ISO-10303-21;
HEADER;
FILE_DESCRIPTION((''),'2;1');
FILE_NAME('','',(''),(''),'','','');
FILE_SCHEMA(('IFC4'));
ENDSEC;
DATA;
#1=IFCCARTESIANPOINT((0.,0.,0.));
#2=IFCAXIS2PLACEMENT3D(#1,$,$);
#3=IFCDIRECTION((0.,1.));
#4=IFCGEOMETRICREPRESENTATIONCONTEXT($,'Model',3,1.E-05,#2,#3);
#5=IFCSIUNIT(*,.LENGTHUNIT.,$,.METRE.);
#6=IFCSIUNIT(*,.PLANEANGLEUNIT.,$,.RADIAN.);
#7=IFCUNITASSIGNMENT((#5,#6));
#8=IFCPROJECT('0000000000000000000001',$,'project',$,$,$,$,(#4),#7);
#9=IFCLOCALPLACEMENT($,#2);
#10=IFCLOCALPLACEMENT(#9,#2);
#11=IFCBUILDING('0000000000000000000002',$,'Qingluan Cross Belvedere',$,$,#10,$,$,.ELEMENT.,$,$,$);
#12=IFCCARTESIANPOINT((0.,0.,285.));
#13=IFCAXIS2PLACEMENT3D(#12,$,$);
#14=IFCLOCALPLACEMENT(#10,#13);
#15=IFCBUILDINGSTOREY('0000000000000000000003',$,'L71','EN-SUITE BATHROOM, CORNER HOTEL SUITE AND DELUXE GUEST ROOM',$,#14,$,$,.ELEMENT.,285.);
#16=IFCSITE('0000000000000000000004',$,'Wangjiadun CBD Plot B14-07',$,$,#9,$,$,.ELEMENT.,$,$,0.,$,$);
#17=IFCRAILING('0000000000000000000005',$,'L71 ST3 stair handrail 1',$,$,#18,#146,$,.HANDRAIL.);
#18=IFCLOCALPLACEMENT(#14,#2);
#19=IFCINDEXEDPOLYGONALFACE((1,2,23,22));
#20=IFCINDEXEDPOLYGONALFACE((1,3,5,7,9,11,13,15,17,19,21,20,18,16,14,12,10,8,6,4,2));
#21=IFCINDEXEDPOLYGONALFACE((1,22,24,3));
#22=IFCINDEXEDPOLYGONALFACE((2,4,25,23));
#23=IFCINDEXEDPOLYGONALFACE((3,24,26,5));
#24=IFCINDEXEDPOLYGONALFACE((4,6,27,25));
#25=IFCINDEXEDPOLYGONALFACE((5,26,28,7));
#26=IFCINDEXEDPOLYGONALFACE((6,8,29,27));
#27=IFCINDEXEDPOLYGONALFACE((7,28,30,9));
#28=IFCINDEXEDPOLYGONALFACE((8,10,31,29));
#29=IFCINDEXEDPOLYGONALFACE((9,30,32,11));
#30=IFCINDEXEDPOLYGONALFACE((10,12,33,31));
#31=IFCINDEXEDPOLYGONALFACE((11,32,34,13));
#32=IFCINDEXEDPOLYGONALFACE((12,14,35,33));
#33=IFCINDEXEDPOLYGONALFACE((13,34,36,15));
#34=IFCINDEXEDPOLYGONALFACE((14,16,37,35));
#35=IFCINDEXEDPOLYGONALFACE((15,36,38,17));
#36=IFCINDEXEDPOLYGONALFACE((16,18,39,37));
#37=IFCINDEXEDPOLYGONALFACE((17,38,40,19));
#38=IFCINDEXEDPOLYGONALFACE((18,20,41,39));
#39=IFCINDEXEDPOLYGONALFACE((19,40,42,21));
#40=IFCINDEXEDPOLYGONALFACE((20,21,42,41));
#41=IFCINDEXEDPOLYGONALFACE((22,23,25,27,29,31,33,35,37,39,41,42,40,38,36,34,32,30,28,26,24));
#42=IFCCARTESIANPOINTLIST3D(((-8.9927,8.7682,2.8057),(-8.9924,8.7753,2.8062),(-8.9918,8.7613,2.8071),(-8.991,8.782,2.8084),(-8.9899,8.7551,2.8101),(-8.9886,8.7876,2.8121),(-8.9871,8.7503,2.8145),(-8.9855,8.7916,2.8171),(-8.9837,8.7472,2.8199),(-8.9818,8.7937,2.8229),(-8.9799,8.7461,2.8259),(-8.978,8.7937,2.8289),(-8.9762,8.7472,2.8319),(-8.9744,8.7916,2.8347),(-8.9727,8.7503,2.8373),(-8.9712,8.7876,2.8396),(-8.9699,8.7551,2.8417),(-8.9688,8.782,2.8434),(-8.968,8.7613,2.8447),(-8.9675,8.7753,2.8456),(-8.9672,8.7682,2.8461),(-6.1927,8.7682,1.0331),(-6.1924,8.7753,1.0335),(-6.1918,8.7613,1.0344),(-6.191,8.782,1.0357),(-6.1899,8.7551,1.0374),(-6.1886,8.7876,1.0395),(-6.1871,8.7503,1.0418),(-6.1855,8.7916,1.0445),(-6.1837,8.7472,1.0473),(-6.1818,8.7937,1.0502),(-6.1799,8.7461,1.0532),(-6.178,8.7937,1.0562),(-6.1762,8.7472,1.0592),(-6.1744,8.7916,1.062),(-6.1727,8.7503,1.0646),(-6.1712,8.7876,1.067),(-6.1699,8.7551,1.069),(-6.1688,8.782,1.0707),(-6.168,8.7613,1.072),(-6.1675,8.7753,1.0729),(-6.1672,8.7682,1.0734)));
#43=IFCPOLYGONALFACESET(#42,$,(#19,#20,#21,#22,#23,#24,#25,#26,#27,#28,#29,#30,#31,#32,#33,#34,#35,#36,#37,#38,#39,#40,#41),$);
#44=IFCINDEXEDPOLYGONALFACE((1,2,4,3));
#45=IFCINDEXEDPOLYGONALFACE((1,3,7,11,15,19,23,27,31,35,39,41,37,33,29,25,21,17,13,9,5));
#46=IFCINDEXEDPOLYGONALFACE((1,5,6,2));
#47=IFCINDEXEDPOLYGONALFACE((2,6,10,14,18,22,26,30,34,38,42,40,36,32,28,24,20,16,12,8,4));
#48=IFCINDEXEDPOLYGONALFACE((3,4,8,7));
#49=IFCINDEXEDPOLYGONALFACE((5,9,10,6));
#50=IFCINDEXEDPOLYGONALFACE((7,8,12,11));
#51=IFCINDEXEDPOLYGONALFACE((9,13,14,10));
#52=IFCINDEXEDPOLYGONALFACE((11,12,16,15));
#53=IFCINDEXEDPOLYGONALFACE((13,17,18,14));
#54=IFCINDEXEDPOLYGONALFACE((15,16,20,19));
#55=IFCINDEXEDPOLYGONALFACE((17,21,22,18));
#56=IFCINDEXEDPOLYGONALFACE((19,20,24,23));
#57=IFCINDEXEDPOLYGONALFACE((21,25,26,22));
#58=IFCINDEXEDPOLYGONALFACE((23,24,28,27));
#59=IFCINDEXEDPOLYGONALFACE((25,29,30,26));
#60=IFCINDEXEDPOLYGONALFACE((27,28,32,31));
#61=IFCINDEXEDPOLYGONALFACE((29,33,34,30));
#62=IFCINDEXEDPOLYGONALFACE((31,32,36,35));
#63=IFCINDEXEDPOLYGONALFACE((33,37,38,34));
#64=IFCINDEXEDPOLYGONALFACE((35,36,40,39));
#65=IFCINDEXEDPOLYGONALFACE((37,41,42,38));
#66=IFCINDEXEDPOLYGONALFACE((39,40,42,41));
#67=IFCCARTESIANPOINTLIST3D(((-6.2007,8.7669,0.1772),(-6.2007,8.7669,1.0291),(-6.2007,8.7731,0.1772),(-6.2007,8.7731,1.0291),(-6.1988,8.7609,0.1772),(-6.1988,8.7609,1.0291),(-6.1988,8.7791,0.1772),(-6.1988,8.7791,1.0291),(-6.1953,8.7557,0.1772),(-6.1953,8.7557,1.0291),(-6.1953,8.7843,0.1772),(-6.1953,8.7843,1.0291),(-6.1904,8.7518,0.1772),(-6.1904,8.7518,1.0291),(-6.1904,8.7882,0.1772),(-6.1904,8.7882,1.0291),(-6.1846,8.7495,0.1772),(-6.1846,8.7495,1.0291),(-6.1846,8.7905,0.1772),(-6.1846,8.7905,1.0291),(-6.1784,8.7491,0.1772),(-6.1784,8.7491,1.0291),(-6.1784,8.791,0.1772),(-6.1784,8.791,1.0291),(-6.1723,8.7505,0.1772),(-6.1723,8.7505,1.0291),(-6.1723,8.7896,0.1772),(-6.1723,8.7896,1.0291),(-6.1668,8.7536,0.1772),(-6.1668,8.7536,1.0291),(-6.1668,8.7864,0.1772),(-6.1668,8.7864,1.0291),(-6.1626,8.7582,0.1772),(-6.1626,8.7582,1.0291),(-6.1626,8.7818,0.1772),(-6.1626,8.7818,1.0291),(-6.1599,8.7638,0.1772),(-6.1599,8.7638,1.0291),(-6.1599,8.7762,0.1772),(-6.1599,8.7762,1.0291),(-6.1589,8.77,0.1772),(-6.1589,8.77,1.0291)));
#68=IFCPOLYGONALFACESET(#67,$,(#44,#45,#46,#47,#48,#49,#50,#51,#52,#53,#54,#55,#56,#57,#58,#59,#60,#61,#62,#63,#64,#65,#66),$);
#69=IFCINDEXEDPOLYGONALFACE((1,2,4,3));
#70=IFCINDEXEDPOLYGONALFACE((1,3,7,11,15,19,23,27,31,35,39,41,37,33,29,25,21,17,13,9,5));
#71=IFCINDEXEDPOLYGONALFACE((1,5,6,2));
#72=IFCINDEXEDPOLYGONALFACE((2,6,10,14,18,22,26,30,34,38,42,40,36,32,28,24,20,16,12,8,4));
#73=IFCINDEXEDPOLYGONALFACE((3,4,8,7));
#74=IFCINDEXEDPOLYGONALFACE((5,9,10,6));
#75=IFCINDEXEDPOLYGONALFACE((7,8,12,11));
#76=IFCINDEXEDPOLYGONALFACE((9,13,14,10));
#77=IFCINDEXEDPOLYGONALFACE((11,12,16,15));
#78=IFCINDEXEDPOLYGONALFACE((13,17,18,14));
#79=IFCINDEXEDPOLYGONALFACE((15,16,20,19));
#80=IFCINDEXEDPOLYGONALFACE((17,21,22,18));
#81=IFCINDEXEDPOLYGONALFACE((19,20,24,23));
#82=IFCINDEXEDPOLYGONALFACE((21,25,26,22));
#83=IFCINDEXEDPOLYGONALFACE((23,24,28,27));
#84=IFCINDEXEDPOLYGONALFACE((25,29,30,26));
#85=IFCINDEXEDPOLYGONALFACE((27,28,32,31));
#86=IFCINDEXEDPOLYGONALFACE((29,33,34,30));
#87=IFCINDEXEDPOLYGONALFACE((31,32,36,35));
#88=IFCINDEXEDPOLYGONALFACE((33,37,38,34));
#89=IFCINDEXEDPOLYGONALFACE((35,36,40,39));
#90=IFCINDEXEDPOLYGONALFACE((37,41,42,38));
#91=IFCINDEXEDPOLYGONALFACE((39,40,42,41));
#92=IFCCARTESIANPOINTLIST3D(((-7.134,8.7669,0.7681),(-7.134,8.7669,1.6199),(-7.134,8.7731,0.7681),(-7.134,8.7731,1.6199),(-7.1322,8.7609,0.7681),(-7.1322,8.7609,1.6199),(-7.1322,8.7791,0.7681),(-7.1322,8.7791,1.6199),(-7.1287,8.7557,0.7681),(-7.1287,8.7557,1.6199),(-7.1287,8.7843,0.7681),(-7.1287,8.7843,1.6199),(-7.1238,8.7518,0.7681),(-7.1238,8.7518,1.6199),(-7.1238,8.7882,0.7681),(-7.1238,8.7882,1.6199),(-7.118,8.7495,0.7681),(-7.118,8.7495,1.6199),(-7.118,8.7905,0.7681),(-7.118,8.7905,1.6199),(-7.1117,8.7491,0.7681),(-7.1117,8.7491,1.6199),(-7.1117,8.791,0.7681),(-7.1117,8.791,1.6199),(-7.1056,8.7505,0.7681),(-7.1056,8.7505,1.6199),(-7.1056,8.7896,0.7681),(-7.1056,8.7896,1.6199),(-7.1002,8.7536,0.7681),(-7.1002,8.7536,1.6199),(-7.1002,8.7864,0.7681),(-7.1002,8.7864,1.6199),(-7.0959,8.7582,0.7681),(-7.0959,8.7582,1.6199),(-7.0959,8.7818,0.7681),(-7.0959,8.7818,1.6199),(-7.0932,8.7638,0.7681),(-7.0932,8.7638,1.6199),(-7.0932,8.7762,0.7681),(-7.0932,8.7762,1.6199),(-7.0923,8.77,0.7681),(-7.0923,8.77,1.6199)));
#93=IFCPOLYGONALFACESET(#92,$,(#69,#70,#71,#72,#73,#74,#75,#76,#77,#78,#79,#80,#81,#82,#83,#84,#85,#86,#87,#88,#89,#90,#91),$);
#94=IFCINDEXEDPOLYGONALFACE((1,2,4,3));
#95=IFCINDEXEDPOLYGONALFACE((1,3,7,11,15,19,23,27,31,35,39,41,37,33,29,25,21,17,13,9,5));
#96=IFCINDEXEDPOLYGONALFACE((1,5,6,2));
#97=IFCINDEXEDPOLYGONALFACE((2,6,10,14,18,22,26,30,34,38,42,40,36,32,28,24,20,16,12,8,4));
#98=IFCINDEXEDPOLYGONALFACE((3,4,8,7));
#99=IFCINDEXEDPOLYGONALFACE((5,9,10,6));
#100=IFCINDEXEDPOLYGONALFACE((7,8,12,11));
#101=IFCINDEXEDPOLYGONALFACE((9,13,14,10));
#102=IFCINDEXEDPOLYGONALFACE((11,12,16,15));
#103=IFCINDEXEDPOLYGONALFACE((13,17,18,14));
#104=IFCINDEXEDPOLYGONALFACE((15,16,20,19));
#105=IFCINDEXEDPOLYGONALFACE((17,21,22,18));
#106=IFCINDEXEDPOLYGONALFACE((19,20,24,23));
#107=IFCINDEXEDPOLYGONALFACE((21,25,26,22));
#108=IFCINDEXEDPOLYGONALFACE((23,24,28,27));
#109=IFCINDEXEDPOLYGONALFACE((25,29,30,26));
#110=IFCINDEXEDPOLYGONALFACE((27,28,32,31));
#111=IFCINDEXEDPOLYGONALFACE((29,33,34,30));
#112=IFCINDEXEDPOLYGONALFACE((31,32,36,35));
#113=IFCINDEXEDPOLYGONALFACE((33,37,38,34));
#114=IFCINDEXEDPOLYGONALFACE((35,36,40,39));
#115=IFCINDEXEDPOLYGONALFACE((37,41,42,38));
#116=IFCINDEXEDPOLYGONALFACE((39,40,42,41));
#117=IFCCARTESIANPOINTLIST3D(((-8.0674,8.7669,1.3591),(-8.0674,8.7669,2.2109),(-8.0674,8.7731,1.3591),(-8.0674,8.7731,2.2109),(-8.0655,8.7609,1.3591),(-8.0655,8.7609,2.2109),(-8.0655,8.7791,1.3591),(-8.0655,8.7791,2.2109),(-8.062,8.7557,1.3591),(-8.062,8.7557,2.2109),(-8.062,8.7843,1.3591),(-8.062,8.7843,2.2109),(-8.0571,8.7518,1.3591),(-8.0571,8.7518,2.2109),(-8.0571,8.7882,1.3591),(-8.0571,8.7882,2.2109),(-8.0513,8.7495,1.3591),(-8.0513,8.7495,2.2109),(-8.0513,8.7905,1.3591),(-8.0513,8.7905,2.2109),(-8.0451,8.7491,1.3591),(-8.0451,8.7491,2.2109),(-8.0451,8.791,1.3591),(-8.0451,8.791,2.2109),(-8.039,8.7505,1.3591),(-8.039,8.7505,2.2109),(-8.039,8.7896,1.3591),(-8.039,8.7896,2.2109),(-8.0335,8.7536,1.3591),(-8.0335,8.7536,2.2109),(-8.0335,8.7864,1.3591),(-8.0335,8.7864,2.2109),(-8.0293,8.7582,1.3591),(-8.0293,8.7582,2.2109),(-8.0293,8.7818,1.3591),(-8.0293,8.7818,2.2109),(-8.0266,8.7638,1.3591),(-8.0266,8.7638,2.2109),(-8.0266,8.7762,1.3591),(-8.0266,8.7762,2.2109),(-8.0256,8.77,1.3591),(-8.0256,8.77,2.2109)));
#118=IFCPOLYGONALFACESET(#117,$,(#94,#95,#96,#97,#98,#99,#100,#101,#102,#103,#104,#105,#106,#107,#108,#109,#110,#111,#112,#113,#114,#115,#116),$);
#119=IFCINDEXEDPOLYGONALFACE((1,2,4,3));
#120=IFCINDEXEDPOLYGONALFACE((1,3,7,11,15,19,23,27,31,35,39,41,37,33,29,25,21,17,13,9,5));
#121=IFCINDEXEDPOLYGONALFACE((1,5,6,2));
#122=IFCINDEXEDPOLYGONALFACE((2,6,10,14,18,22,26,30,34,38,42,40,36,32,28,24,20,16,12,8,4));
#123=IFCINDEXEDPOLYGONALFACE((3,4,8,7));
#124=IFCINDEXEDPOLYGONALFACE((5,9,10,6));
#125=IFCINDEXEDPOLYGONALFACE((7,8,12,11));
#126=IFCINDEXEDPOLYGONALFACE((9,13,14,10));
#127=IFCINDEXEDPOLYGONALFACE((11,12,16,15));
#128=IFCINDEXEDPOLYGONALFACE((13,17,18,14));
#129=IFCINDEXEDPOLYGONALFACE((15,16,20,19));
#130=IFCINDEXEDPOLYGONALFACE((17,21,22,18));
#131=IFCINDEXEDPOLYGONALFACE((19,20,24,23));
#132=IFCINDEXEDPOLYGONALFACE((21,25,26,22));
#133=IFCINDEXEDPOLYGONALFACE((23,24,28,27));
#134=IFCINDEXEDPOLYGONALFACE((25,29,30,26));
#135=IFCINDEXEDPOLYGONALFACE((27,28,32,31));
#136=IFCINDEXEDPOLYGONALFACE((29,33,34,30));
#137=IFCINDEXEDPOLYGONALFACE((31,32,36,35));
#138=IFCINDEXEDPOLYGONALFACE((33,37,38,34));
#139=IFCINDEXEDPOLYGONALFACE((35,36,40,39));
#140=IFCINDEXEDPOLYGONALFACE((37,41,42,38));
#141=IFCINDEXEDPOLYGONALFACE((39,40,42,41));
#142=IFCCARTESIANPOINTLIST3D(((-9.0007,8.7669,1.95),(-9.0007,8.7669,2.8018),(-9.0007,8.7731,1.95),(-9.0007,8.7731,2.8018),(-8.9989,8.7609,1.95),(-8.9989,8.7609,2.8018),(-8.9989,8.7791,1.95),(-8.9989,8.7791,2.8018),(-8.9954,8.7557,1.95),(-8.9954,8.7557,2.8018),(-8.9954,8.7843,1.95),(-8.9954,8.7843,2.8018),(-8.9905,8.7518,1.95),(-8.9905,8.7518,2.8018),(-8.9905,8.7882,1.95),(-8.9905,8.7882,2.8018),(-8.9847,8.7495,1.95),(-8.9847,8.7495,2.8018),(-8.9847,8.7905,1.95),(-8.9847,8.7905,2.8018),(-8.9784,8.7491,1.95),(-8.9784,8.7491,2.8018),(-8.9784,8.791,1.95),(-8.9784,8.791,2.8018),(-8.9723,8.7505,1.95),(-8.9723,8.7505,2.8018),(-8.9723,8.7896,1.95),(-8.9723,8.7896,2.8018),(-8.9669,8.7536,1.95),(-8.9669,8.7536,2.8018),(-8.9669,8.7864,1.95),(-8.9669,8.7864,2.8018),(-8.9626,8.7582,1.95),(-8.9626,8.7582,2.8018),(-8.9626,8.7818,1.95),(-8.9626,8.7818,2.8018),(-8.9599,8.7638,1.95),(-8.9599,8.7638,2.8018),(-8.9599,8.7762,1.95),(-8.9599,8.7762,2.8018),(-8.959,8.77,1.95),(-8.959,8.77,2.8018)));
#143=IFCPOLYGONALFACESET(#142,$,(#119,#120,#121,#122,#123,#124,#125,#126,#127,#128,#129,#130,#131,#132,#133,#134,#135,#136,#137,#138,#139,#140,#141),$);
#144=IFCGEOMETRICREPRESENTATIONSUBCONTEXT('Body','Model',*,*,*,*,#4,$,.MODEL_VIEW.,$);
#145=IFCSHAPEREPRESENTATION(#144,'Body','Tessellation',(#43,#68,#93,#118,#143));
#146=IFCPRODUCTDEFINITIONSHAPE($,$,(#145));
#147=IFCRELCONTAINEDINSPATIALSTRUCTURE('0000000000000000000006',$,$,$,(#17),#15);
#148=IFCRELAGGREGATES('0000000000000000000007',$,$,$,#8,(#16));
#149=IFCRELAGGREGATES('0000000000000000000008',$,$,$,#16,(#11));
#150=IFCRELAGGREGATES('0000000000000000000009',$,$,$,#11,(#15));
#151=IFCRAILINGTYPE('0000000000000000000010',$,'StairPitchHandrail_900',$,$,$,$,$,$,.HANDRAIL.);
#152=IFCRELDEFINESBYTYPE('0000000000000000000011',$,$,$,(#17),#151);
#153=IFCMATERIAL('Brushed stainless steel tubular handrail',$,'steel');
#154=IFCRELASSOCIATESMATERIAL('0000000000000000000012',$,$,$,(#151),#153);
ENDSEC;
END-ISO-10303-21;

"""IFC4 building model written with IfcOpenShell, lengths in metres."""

from ifc_helpers import new_model, si_unit, direction, frame, origin, origin_2d, place, context, subcontext, project, spatial, circle, extrude, material, type_object, element, save


model = new_model("IFC4")

# Units and contexts
model_context = context("Model", 3, precision=1e-05, world=origin(), true_north=direction((0.0, 1.0)))
body_context = subcontext(model_context, "Body", "Model", "MODEL_VIEW")
ifc_project = project(units=[si_unit("LENGTHUNIT", "METRE"), si_unit("PLANEANGLEUNIT", "RADIAN")], contexts=[model_context])

# Site, building, storey
site_placement = place(None, origin())
site = spatial("IfcSite", under=ifc_project, at=site_placement, Name="Wangjiadun CBD Plot B14-07", CompositionType="ELEMENT", RefElevation=0.0)
building_placement = place(site_placement, origin())
building = spatial("IfcBuilding", under=site, at=building_placement, Name="Qingluan Cross Belvedere", CompositionType="ELEMENT")
storey_placement = place(building_placement, frame((0.0, 0.0, 285.0)))
storey = spatial("IfcBuildingStorey", under=building, at=storey_placement, Name="L71", Description="EN-SUITE BATHROOM, CORNER HOTEL SUITE AND DELUXE GUEST ROOM", CompositionType="ELEMENT", Elevation=285.0)

# Railing
ifc_material_1 = material(Name="Brushed stainless steel tubular handrail", Category="steel")
railing_type = type_object("IfcRailingType", Name="StairPitchHandrail_900", PredefinedType="HANDRAIL", material=ifc_material_1)
railing_placement = place(storey_placement, frame((-6.1799, 8.77, 0.1772)))
element("IfcRailing", 1, at=railing_placement, inside=storey, type_object=railing_type, Name="L71 ST3 stair handrail 1", PredefinedType="HANDRAIL", context=body_context, shape_type="SweptSolid", body=[
    extrude(circle(Radius=0.0239, at=origin_2d()), frame((0.0, 0.0, 0.876), z_axis=(-0.844909, 0.0, 0.53491), x_axis=(0.0, -1.0, 0.0)), (0.0, 0.0, 1.0), 3.314),
    extrude(circle(Radius=0.021, at=origin_2d()), origin(), (0.0, 0.0, 1.0), 0.8518),
    extrude(circle(Radius=0.021, at=origin_2d()), frame((-0.9333, 0.0, 0.5908)), (0.0, 0.0, 1.0), 0.8518),
    extrude(circle(Radius=0.021, at=origin_2d()), frame((-1.8667, 0.0, 1.1819)), (0.0, 0.0, 1.0), 0.8518),
    extrude(circle(Radius=0.021, at=origin_2d()), frame((-2.8, 0.0, 1.7727)), (0.0, 0.0, 1.0), 0.8518),
])

save(model, "model.ifc")
